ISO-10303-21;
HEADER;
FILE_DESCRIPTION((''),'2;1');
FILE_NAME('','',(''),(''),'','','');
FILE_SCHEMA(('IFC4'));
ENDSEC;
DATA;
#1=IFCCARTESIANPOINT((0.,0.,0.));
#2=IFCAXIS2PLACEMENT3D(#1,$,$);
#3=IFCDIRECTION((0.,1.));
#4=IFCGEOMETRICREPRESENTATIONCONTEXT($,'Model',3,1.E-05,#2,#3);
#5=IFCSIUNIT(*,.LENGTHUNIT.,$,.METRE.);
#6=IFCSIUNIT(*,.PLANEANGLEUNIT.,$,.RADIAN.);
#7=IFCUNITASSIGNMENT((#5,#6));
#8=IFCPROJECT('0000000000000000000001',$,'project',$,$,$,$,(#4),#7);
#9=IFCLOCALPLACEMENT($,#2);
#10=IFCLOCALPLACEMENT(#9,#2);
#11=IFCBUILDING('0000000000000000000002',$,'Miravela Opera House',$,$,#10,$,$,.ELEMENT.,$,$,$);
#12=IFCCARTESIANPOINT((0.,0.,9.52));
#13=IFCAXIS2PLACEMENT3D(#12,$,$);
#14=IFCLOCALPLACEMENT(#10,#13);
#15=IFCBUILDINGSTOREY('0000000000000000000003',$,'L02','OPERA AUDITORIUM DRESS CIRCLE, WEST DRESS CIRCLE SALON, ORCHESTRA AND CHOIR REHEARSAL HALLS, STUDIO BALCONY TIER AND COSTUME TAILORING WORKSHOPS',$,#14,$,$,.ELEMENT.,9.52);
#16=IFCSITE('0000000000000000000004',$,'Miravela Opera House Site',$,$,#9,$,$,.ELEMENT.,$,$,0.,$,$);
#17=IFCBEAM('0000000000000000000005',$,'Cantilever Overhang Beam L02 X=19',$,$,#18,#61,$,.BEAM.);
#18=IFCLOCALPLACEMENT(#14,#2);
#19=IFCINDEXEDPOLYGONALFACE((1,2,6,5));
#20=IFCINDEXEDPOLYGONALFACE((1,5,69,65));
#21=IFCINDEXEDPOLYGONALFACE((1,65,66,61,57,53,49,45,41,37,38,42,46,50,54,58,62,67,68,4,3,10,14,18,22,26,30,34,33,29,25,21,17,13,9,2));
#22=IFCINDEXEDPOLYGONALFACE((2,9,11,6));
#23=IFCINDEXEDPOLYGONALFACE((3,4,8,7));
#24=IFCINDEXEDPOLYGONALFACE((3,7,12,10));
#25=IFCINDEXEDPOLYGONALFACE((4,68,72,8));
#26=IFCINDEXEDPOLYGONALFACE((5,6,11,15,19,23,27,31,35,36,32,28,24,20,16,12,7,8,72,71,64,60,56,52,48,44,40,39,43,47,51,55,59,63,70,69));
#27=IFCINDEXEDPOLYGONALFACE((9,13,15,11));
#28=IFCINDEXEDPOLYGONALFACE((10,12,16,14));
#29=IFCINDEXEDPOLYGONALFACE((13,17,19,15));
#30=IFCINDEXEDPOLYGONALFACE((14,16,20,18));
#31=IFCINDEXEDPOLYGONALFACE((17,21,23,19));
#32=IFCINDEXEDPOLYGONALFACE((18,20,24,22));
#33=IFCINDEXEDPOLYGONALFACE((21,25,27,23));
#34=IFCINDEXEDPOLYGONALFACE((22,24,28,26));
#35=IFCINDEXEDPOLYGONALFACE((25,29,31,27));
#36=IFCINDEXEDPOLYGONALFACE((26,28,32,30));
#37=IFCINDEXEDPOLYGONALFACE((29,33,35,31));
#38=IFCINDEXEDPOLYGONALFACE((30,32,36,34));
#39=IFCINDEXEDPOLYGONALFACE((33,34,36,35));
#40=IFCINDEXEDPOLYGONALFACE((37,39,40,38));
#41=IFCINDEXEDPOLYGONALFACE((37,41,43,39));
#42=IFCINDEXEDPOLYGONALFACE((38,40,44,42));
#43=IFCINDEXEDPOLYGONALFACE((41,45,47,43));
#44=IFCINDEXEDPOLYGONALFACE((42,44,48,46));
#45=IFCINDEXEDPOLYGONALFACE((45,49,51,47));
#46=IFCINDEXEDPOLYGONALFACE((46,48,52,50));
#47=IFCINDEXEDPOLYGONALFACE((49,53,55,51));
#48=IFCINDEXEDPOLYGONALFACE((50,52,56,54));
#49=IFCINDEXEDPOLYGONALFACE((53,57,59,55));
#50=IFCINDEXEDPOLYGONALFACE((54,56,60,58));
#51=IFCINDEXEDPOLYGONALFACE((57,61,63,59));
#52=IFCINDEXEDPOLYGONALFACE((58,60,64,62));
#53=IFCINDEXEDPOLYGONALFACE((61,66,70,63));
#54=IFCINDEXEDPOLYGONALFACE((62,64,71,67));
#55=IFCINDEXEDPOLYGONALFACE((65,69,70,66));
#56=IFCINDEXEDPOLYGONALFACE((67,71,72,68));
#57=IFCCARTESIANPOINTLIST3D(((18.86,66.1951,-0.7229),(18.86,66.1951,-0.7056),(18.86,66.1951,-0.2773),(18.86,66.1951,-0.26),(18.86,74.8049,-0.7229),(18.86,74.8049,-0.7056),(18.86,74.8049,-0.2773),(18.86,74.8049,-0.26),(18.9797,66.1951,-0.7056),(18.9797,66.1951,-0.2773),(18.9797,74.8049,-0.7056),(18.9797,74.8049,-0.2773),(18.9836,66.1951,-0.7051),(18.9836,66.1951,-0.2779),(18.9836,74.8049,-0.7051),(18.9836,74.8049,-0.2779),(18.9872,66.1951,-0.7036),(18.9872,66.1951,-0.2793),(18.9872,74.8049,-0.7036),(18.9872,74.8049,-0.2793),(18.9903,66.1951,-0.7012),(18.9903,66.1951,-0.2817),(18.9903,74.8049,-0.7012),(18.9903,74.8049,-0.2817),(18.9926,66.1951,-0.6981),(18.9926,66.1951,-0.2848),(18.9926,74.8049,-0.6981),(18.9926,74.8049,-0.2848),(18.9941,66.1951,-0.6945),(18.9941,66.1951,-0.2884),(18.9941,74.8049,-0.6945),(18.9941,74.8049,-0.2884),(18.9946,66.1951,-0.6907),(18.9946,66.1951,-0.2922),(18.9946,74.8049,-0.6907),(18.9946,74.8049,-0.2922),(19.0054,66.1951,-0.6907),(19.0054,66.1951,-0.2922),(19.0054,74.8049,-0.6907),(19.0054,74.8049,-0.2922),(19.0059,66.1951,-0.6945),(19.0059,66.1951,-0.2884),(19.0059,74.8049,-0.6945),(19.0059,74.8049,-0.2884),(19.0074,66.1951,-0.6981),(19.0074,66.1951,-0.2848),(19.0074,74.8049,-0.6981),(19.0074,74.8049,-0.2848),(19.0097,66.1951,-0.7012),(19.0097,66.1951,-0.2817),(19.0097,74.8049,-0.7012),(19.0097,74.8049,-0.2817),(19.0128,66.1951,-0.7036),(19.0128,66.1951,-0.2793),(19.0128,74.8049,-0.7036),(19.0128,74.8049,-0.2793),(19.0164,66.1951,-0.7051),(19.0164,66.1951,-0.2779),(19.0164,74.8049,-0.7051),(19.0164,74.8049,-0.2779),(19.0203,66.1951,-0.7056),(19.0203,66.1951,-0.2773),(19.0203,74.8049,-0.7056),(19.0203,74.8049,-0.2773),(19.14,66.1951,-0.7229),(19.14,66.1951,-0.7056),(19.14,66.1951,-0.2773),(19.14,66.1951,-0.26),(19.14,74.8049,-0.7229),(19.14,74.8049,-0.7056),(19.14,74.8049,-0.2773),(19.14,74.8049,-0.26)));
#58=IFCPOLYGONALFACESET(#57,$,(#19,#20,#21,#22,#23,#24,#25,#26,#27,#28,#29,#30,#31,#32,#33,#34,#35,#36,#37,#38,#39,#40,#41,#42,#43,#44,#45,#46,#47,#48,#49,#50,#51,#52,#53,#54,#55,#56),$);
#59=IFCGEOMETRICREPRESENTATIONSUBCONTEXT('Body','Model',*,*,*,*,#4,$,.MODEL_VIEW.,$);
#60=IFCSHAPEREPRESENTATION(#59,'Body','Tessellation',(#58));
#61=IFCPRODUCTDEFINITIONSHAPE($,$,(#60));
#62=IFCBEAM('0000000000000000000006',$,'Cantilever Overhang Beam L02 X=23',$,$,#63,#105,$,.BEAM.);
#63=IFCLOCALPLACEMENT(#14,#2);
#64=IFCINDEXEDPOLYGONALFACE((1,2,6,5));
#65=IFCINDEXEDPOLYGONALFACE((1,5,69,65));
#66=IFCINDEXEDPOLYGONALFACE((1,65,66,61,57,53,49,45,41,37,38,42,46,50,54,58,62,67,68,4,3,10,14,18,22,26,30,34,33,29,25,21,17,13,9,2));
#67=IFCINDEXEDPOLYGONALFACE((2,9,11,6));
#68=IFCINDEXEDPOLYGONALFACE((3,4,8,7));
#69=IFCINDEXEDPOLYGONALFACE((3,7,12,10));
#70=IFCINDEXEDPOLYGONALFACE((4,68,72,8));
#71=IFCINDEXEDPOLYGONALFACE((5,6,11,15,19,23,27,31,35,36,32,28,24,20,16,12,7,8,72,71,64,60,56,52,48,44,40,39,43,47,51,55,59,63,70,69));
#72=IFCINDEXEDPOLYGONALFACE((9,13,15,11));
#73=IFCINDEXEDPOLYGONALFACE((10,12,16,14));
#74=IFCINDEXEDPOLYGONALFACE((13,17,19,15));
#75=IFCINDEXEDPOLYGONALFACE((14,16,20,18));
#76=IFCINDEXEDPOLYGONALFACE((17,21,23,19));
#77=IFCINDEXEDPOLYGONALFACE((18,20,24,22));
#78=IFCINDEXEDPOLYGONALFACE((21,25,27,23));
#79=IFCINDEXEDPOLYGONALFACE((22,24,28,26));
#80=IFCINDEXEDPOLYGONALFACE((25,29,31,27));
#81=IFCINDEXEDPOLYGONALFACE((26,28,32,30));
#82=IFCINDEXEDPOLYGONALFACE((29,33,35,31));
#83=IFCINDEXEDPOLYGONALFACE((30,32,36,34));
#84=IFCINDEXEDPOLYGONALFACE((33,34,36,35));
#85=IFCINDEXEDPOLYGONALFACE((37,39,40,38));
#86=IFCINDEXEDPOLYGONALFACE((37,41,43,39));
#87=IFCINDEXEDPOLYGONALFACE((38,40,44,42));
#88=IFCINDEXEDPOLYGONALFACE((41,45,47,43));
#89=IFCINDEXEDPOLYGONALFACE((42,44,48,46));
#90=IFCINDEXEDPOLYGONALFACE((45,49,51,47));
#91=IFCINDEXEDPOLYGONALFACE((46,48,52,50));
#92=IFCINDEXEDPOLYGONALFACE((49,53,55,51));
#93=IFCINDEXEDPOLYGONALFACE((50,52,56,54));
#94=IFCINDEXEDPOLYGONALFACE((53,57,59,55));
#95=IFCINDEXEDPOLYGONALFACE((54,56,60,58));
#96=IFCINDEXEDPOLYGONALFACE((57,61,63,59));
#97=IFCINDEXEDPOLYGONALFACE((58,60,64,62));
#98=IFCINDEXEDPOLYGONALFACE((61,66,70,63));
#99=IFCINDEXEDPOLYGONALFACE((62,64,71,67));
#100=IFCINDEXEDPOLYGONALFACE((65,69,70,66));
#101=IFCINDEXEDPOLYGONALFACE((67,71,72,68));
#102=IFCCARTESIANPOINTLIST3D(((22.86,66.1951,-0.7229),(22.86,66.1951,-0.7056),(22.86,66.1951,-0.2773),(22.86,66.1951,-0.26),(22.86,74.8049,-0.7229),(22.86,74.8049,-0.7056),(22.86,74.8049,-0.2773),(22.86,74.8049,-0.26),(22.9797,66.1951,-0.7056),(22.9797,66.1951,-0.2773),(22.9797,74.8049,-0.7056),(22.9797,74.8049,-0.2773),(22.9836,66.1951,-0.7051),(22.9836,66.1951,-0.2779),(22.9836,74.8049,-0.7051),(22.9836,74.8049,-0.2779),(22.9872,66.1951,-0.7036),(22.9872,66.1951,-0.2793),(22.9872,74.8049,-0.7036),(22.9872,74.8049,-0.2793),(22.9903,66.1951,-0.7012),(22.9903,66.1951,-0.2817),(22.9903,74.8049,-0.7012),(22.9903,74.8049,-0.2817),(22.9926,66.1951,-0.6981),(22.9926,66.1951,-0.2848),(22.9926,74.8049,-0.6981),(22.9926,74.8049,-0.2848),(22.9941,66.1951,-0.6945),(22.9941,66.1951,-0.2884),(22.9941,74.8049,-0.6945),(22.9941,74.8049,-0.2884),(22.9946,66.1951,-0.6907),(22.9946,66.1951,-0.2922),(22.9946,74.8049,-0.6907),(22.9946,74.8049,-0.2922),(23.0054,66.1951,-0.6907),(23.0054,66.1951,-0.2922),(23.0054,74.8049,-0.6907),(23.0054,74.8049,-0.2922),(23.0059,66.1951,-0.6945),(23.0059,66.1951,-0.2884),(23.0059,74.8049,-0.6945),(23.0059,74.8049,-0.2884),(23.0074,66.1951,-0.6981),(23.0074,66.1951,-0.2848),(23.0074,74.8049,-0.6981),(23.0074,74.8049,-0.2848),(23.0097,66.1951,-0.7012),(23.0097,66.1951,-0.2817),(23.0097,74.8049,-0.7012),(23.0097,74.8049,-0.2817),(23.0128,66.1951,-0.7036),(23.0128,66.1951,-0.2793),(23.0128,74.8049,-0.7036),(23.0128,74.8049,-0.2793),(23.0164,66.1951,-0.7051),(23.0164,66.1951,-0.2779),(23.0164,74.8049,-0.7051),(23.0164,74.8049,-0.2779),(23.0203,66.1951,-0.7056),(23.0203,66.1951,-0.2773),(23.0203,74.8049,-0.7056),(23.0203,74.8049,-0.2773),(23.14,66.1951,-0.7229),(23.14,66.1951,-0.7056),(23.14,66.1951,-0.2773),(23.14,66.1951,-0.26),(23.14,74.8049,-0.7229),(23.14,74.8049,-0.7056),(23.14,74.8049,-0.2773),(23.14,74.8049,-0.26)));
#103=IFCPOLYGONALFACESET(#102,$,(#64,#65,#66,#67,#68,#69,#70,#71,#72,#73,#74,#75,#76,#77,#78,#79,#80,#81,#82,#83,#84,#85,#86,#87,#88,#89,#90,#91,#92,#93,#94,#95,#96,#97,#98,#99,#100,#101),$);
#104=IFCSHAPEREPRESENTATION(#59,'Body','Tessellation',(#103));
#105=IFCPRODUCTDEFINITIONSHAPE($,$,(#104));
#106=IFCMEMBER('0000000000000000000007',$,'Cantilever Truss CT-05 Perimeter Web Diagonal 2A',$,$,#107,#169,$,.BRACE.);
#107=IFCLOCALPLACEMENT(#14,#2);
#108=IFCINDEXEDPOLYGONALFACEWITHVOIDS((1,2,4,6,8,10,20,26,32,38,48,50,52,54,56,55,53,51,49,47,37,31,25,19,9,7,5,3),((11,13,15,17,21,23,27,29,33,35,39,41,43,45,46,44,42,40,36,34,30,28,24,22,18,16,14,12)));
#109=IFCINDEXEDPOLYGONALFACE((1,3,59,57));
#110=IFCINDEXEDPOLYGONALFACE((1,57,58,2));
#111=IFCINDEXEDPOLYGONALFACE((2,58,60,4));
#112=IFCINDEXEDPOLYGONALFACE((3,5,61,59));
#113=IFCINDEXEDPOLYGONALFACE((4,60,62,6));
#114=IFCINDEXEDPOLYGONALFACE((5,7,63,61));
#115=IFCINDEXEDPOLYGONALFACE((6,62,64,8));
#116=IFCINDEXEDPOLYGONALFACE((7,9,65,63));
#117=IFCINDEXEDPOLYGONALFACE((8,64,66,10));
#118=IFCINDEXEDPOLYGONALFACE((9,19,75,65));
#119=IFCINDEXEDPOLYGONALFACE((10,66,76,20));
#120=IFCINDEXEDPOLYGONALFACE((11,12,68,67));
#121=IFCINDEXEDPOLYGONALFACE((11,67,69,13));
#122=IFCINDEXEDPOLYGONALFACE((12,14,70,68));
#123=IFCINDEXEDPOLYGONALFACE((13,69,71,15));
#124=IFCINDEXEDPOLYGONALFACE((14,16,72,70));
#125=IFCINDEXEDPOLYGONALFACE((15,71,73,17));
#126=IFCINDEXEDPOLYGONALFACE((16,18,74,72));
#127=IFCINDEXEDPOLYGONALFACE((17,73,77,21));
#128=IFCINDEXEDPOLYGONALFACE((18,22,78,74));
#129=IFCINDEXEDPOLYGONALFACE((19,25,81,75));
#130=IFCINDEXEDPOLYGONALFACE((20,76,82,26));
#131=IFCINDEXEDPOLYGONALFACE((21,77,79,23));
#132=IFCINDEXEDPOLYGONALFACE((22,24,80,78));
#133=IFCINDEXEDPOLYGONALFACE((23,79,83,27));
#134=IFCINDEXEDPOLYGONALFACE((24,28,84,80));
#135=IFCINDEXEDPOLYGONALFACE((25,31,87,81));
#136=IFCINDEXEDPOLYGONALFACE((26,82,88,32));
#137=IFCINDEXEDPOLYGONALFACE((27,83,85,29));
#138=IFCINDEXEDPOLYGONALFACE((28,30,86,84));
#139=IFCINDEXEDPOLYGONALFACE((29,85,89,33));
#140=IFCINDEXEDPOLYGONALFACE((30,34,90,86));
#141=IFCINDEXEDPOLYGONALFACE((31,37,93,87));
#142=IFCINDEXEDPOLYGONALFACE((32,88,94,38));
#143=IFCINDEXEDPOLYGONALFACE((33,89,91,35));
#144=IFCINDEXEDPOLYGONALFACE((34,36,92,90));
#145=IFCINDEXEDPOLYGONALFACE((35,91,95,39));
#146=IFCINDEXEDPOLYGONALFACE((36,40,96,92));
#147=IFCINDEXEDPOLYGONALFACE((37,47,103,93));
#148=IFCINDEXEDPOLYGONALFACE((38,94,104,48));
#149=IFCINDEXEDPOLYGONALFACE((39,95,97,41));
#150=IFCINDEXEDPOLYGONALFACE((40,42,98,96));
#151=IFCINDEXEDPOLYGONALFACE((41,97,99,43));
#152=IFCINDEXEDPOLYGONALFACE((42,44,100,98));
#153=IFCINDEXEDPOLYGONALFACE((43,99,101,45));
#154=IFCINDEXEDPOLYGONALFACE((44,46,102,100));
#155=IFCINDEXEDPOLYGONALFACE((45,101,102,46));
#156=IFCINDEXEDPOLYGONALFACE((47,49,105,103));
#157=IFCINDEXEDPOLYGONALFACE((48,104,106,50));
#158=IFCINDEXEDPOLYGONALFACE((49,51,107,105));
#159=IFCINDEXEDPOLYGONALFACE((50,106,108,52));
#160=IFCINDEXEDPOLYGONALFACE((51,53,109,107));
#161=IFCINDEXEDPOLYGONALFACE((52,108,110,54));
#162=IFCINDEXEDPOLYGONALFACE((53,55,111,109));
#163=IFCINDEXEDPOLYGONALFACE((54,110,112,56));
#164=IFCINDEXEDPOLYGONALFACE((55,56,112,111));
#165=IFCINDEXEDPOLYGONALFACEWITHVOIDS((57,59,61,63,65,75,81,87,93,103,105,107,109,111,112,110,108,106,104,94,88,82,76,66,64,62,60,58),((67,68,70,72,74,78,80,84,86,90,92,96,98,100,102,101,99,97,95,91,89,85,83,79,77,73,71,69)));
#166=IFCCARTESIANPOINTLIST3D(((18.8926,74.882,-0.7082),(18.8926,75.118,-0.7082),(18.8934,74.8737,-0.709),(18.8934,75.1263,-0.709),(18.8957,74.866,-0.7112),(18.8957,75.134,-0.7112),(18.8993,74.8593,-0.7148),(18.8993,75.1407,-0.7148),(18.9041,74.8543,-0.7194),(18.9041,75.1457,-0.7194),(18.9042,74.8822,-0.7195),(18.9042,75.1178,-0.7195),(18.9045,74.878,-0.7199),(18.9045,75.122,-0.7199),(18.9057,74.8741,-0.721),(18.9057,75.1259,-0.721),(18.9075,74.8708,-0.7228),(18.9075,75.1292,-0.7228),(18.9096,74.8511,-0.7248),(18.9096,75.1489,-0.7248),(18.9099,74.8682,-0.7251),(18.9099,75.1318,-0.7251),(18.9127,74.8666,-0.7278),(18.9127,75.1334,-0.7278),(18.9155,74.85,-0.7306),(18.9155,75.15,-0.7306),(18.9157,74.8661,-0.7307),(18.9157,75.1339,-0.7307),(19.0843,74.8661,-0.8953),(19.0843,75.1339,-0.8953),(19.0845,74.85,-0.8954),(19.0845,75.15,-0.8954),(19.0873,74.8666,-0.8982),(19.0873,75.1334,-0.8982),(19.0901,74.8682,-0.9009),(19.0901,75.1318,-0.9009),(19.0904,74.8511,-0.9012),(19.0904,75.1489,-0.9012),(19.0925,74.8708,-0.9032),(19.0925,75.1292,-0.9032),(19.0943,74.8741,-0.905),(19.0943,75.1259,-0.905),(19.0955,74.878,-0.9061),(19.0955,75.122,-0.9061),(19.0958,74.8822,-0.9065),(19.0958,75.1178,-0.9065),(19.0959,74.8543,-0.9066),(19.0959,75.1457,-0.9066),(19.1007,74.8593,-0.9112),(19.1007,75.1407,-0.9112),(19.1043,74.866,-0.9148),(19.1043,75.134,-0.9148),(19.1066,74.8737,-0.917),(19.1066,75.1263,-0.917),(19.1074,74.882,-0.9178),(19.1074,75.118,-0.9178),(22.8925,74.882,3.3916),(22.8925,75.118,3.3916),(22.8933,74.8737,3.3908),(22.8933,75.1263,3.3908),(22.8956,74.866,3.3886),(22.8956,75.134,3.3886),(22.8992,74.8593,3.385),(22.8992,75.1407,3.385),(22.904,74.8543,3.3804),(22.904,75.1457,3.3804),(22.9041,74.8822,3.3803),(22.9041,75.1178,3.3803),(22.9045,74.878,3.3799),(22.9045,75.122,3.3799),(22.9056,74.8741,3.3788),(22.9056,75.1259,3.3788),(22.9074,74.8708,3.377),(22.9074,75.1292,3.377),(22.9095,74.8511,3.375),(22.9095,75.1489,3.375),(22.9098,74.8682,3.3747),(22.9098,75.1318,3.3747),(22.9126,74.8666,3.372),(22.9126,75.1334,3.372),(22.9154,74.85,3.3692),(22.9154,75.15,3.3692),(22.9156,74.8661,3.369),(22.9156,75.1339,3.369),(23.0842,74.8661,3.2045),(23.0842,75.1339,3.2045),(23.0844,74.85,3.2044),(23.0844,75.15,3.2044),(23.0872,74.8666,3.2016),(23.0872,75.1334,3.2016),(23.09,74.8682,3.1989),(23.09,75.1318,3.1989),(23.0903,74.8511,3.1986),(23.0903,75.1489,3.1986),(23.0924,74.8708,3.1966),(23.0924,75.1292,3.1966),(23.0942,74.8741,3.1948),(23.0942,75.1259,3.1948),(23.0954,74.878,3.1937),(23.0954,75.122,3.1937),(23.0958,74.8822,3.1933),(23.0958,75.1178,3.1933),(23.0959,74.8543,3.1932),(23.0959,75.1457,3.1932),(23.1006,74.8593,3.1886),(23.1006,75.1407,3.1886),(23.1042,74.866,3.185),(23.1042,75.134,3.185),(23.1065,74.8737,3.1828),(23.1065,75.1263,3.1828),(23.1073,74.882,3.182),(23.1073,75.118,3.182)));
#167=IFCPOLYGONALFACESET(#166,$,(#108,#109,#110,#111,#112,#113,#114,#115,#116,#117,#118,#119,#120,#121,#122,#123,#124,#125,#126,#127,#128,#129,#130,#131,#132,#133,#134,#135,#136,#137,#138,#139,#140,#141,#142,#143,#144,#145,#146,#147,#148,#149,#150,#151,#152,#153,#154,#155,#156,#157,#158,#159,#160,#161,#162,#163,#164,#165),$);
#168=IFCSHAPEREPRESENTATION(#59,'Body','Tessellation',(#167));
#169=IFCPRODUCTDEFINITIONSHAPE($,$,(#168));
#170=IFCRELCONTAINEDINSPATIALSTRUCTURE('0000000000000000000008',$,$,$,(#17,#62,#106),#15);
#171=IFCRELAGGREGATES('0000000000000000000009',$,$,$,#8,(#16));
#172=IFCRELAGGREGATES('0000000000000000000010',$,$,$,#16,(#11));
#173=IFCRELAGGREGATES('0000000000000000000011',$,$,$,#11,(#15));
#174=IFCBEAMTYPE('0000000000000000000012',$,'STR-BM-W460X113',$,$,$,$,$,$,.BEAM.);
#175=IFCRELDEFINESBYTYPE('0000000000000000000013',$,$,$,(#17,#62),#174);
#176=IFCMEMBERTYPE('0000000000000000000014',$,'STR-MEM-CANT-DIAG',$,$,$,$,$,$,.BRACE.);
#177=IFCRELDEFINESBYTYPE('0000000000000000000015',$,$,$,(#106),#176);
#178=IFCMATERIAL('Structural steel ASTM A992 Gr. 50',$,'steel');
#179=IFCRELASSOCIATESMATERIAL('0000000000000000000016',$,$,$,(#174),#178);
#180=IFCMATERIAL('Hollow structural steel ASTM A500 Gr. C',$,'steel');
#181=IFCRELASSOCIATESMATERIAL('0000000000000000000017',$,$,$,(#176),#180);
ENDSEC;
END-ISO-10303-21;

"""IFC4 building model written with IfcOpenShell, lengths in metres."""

from ifc_helpers import new_model, si_unit, direction, frame, origin, origin_2d, place, context, subcontext, project, spatial, hollow_rectangle, i_section, extrude, material, material_profile, profile_set, type_object, element, save


model = new_model("IFC4")

# Units and contexts
model_context = context("Model", 3, precision=1e-05, world=origin(), true_north=direction((0.0, 1.0)))
body_context = subcontext(model_context, "Body", "Model", "MODEL_VIEW")
ifc_project = project(units=[si_unit("LENGTHUNIT", "METRE"), si_unit("PLANEANGLEUNIT", "RADIAN")], contexts=[model_context])

# Site, building, storey
site_placement = place(None, origin())
site = spatial("IfcSite", under=ifc_project, at=site_placement, Name="Miravela Opera House Site", CompositionType="ELEMENT", RefElevation=0.0)
building_placement = place(site_placement, origin())
building = spatial("IfcBuilding", under=site, at=building_placement, Name="Miravela Opera House", CompositionType="ELEMENT")
storey_placement = place(building_placement, frame((0.0, 0.0, 9.52)))
storey = spatial("IfcBuildingStorey", under=building, at=storey_placement, Name="L02", Description="OPERA AUDITORIUM DRESS CIRCLE, WEST DRESS CIRCLE SALON, ORCHESTRA AND CHOIR REHEARSAL HALLS, STUDIO BALCONY TIER AND COSTUME TAILORING WORKSHOPS", CompositionType="ELEMENT", Elevation=9.52)

# Beams
ifc_material_1 = material(Name="Structural steel ASTM A992 Gr. 50", Category="steel")
ifc_material_profile_1 = material_profile(ifc_material_1, i_section(OverallWidth=0.28, OverallDepth=0.4629, WebThickness=0.0107, FlangeThickness=0.0173, FilletRadius=0.0149, at=origin_2d()), Name="W460X113")
ifc_profile_set_1 = profile_set([ifc_material_profile_1])
beam_type_1 = type_object("IfcBeamType", Name="STR-BM-W460X113", PredefinedType="BEAM", material=ifc_profile_set_1)
for number, where, z_axis, x_axis, name in (
    (1, (19.0, 66.1951, -0.4915), (0.0, 1.0, 0.0), (-1.0, 0.0, 0.0), "Cantilever Overhang Beam L02 X=19"),
    (2, (23.0, 66.1951, -0.4915), (0.0, 1.0, 0.0), (-1.0, 0.0, 0.0), "Cantilever Overhang Beam L02 X=23"),
):
    element("IfcBeam", number, at=place(storey_placement, frame(where, z_axis=z_axis, x_axis=x_axis)), inside=storey, type_object=beam_type_1, Name=name, PredefinedType="BEAM", context=body_context, shape_type="SweptSolid", body=[
        extrude(i_section(OverallWidth=0.28, OverallDepth=0.4629, WebThickness=0.0107, FlangeThickness=0.0173, FilletRadius=0.0149, at=origin_2d()), origin(), (0.0, 0.0, 1.0), 8.6099),
    ])

# Member
ifc_material_2 = material(Name="Hollow structural steel ASTM A500 Gr. C", Category="steel")
ifc_material_profile_2 = material_profile(ifc_material_2, hollow_rectangle(XDim=0.3, YDim=0.3, WallThickness=0.0161, InnerFilletRadius=0.0161, OuterFilletRadius=0.032, at=origin_2d()), Name="HSS300X300X16")
ifc_profile_set_2 = profile_set([ifc_material_profile_2])
member_type_1 = type_object("IfcMemberType", Name="STR-MEM-CANT-DIAG", PredefinedType="BRACE", material=ifc_profile_set_2)
for number, where, z_axis, x_axis, name in (
    (3, (19.0, 75.0, -0.813), (0.698337, 0.0, 0.715769), (0.0, 1.0, 0.0), "Cantilever Truss CT-05 Perimeter Web Diagonal 2A"),
):
    element("IfcMember", number, at=place(storey_placement, frame(where, z_axis=z_axis, x_axis=x_axis)), inside=storey, type_object=member_type_1, Name=name, PredefinedType="BRACE", context=body_context, shape_type="SweptSolid", body=[
        extrude(hollow_rectangle(XDim=0.3, YDim=0.3, WallThickness=0.0161, InnerFilletRadius=0.0161, OuterFilletRadius=0.032, at=origin_2d()), origin(), (0.0, 0.0, 1.0), 5.7278),
    ])

save(model, "model.ifc")
